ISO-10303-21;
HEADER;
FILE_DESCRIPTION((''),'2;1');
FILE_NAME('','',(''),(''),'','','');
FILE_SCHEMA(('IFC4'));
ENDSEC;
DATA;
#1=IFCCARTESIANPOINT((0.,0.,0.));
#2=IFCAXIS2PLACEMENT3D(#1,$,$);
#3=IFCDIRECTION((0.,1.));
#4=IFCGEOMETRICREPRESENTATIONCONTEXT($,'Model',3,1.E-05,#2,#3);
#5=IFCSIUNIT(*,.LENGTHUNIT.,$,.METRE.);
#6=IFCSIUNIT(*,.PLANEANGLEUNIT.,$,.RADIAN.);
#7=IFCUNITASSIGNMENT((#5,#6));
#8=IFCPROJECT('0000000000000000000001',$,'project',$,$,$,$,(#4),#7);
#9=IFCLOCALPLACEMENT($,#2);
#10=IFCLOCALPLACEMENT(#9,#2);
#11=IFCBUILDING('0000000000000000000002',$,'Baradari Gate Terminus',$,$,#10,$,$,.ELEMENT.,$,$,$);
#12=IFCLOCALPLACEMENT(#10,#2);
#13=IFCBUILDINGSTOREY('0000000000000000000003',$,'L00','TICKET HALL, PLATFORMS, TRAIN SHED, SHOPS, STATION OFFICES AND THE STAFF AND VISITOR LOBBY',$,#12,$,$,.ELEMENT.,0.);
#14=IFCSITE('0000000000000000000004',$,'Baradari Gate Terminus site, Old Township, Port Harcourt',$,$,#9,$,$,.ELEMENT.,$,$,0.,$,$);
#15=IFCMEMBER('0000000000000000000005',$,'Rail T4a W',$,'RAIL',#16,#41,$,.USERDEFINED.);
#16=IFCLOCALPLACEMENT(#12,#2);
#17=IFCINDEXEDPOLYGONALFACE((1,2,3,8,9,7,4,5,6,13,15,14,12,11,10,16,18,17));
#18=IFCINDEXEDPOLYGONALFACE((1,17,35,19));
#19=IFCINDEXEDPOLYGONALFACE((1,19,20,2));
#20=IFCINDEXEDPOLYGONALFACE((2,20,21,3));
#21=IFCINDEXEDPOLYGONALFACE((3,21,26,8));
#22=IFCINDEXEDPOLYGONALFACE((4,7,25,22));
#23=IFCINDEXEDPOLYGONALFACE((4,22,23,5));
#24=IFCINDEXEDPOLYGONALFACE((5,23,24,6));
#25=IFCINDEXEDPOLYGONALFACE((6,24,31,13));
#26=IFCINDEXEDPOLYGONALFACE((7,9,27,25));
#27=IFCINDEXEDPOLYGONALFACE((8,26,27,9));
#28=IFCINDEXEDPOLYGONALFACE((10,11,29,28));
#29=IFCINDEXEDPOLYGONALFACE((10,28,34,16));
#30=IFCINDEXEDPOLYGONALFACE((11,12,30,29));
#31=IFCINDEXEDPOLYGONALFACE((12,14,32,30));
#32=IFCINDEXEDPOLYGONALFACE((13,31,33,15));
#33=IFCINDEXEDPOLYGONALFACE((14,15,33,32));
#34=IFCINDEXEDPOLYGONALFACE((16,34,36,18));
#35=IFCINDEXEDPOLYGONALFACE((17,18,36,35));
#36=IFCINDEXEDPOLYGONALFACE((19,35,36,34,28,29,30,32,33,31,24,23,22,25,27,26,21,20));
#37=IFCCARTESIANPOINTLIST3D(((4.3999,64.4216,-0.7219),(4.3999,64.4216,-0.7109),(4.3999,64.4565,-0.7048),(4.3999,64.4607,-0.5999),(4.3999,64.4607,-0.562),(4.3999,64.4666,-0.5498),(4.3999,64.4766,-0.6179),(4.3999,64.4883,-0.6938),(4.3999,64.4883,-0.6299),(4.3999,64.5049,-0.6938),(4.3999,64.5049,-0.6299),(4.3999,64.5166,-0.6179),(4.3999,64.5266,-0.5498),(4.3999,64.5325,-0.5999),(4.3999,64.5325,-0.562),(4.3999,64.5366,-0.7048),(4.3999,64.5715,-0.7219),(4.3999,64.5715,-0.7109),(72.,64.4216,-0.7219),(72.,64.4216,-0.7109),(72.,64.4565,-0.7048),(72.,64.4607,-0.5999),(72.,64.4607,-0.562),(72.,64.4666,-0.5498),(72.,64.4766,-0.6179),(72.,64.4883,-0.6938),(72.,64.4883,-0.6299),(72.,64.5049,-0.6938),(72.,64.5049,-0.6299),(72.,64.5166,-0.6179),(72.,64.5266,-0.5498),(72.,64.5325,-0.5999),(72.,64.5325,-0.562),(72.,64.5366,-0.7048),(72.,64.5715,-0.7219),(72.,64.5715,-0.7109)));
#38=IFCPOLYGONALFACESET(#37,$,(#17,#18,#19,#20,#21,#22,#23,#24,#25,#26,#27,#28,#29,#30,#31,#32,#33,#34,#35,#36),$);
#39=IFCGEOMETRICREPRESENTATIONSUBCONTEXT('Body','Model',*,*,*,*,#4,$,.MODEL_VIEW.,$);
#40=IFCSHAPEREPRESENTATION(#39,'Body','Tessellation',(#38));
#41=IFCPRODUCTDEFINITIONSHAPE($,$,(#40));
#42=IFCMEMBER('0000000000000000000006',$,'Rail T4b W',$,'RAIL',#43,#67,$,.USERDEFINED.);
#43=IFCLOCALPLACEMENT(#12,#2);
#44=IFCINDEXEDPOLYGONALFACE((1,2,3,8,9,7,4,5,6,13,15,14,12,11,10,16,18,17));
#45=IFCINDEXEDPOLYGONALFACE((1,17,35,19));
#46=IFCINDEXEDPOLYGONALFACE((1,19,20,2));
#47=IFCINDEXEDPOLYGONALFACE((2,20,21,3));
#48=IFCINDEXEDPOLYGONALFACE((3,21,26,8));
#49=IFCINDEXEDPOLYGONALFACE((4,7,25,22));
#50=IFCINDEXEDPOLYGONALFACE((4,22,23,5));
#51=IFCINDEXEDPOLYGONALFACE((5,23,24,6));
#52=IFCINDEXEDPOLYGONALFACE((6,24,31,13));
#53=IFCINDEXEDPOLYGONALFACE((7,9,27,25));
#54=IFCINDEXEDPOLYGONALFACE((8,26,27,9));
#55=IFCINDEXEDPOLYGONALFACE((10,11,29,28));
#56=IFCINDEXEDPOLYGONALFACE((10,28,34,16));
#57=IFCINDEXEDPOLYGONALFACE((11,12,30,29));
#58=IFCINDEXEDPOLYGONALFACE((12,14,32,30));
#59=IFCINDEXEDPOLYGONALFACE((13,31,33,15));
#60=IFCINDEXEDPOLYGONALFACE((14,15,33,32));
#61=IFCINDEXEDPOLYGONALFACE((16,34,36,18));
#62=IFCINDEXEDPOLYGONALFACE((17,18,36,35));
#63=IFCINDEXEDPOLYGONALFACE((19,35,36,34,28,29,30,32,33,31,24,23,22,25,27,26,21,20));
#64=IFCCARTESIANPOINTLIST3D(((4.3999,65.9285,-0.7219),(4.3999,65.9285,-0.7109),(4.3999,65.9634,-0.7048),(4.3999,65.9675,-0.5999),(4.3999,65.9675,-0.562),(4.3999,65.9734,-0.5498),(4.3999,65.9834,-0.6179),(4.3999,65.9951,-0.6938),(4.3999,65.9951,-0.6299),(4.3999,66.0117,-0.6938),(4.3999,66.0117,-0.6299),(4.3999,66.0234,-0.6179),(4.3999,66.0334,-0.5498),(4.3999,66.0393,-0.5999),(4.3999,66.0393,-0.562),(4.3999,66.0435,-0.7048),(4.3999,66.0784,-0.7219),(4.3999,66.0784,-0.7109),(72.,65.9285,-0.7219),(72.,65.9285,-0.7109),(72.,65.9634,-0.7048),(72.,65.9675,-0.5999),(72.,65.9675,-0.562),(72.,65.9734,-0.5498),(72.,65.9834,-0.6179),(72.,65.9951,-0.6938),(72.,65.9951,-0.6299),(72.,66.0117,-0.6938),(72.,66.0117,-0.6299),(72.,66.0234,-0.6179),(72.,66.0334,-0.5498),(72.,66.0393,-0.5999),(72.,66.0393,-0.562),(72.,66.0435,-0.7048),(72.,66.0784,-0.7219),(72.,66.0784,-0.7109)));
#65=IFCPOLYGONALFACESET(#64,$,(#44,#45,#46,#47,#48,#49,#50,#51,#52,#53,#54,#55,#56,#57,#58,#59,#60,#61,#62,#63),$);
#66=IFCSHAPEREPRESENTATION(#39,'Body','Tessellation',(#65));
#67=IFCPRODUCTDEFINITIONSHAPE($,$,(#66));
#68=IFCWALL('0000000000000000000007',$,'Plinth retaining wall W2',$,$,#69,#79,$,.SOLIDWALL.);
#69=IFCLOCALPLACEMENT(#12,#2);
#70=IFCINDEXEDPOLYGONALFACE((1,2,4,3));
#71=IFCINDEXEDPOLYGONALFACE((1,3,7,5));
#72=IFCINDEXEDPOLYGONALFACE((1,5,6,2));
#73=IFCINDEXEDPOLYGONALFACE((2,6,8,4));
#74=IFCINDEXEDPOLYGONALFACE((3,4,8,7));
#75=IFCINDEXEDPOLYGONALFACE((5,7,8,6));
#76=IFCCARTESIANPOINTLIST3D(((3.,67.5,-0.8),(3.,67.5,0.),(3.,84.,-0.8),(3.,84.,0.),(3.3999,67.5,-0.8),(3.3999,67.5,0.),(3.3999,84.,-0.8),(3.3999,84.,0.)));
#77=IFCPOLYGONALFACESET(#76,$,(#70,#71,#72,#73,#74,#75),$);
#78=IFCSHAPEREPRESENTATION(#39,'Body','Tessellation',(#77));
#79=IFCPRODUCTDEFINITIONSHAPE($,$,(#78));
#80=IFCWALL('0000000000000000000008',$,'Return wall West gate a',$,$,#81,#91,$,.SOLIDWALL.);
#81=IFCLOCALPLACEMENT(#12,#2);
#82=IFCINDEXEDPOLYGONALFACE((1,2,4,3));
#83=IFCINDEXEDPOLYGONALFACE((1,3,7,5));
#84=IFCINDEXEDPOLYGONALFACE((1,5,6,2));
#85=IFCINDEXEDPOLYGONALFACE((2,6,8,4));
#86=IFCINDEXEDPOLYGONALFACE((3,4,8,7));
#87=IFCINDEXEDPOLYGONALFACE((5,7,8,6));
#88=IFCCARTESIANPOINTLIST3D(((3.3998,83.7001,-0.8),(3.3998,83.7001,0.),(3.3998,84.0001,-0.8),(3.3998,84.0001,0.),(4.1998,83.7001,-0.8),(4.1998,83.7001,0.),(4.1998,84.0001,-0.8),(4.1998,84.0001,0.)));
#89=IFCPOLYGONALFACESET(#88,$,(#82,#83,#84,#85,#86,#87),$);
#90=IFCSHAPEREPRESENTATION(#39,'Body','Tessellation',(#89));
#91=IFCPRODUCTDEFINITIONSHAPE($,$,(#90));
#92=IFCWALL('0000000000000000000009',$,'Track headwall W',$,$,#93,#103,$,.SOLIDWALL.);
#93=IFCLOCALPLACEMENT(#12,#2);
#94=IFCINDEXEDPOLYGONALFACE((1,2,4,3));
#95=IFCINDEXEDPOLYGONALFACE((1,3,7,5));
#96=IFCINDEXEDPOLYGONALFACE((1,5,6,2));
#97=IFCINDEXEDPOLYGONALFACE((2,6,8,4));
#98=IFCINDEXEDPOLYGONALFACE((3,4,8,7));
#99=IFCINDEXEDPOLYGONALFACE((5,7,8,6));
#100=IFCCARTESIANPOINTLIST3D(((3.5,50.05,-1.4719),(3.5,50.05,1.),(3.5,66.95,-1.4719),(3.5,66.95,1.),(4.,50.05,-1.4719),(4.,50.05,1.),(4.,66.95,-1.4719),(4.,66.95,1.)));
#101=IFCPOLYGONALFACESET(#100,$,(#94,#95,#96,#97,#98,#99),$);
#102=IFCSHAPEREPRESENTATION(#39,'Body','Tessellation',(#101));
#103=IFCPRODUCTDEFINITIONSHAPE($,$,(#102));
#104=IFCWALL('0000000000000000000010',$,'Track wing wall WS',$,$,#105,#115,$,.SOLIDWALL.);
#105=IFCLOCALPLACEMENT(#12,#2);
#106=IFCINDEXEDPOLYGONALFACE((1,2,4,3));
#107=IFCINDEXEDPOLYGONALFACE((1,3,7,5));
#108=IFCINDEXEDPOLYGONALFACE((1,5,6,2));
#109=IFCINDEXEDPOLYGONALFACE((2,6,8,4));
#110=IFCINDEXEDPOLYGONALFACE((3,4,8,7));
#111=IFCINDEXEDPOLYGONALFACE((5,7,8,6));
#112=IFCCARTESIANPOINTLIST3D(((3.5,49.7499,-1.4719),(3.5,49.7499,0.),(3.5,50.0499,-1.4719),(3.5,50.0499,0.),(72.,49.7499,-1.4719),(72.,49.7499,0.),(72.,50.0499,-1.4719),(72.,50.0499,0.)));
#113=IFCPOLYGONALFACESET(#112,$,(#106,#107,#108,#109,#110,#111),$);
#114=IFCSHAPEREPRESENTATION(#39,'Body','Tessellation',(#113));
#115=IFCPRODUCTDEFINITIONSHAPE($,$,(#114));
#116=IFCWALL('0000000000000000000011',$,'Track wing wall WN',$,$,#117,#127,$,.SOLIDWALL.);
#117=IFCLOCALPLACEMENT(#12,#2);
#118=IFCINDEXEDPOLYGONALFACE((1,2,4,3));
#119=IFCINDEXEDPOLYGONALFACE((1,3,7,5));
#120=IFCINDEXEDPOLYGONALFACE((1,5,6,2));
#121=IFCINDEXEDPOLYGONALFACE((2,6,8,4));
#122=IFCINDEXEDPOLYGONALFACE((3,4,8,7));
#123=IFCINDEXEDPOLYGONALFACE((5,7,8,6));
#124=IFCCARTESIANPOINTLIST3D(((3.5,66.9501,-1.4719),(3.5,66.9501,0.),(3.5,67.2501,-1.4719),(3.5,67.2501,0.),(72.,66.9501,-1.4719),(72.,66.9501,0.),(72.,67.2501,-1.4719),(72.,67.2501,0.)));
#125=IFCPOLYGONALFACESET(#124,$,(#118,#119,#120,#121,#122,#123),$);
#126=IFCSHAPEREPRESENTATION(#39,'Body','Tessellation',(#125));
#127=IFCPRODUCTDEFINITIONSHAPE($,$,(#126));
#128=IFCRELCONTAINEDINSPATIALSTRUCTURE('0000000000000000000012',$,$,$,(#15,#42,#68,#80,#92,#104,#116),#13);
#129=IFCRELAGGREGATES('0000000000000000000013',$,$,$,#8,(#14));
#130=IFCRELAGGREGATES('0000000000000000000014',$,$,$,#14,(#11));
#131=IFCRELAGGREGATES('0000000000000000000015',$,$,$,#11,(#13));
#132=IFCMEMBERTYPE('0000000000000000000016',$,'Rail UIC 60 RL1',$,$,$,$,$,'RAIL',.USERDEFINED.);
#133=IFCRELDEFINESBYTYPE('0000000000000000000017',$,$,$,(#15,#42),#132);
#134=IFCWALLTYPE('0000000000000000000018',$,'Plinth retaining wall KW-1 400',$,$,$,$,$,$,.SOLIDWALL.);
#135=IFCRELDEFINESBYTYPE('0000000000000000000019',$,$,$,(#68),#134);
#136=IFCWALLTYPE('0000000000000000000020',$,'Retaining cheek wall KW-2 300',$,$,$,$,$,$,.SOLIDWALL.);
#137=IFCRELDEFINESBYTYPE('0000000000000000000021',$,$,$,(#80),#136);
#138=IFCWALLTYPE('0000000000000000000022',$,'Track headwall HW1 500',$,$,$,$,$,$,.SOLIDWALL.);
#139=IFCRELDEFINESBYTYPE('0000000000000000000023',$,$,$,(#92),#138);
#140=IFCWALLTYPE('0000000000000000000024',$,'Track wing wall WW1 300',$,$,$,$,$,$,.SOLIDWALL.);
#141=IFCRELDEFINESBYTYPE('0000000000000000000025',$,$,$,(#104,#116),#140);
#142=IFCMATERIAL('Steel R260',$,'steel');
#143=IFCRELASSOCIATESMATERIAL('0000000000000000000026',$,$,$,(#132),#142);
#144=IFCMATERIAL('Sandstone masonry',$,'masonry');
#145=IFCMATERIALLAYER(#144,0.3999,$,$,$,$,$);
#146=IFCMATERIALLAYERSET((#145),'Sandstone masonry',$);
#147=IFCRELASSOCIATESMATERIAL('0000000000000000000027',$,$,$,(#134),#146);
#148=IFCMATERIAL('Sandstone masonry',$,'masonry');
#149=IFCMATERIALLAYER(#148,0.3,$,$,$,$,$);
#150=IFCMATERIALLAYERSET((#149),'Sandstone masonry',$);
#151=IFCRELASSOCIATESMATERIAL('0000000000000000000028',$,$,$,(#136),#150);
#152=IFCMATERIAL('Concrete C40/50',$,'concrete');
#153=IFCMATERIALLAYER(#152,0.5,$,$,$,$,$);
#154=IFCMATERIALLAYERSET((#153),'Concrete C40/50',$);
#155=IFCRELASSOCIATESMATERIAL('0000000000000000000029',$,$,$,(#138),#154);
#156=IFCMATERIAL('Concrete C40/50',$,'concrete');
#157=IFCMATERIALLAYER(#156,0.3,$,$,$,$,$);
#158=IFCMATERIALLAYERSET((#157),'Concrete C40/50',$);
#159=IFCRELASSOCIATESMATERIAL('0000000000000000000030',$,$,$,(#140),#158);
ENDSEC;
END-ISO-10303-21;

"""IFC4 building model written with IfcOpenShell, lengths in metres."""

from ifc_helpers import new_model, si_unit, direction, frame, frame_2d, origin, place, context, subcontext, project, spatial, polyline, rectangle, outline, extrude, material, layer, layer_set, material_profile, profile_set, type_object, element, save


model = new_model("IFC4")

# Units and contexts
model_context = context("Model", 3, precision=1e-05, world=origin(), true_north=direction((0.0, 1.0)))
body_context = subcontext(model_context, "Body", "Model", "MODEL_VIEW")
ifc_project = project(units=[si_unit("LENGTHUNIT", "METRE"), si_unit("PLANEANGLEUNIT", "RADIAN")], contexts=[model_context])

# Site, building, storey
site_placement = place(None, origin())
site = spatial("IfcSite", under=ifc_project, at=site_placement, Name="Baradari Gate Terminus site, Old Township, Port Harcourt", CompositionType="ELEMENT", RefElevation=0.0)
building_placement = place(site_placement, origin())
building = spatial("IfcBuilding", under=site, at=building_placement, Name="Baradari Gate Terminus", CompositionType="ELEMENT")
storey_placement = place(building_placement, origin())
storey = spatial("IfcBuildingStorey", under=building, at=storey_placement, Name="L00", Description="TICKET HALL, PLATFORMS, TRAIN SHED, SHOPS, STATION OFFICES AND THE STAFF AND VISITOR LOBBY", CompositionType="ELEMENT", Elevation=0.0)

# Members
ifc_material_1 = material(Name="Steel R260", Category="steel")
ifc_material_profile = material_profile(ifc_material_1, outline(polyline([(-0.075, 0.0), (0.075, 0.0), (0.075, 0.011), (0.04, 0.0171), (0.0083, 0.0281), (0.0083, 0.092), (0.02, 0.104), (0.0359, 0.1221), (0.0359, 0.1599), (0.03, 0.1721), (-0.03, 0.1721), (-0.0359, 0.1599), (-0.0359, 0.1221), (-0.02, 0.104), (-0.0083, 0.092), (-0.0083, 0.0281), (-0.04, 0.0171), (-0.075, 0.011), (-0.075, 0.0)])), Name="UIC 60 (60E1)")
ifc_profile_set = profile_set([ifc_material_profile], Name="Steel R260")
member_type = type_object("IfcMemberType", Name="Rail UIC 60 RL1", ElementType="RAIL", PredefinedType="USERDEFINED", material=ifc_profile_set)
for number, where, z_axis, x_axis, name in (
    (1, (4.3999, 64.4966, -0.7219), (1.0, 0.0, 0.0), (0.0, 1.0, 0.0), "Rail T4a W"),
    (2, (4.3999, 66.0034, -0.7219), (1.0, 0.0, 0.0), (0.0, 1.0, 0.0), "Rail T4b W"),
):
    element("IfcMember", number, at=place(storey_placement, frame(where, z_axis=z_axis, x_axis=x_axis)), inside=storey, type_object=member_type, Name=name, ObjectType="RAIL", PredefinedType="USERDEFINED", context=body_context, shape_type="SweptSolid", body=[
        extrude(outline(polyline([(-0.075, 0.0), (0.075, 0.0), (0.075, 0.011), (0.04, 0.0171), (0.0083, 0.0281), (0.0083, 0.092), (0.02, 0.104), (0.0359, 0.1221), (0.0359, 0.1599), (0.03, 0.1721), (-0.03, 0.1721), (-0.0359, 0.1599), (-0.0359, 0.1221), (-0.02, 0.104), (-0.0083, 0.092), (-0.0083, 0.0281), (-0.04, 0.0171), (-0.075, 0.011), (-0.075, 0.0)])), origin(), (0.0, 0.0, 1.0), 67.6001),
    ])

# Walls
ifc_material_2 = material(Name="Sandstone masonry", Category="masonry")
ifc_layer_1 = layer(ifc_material_2, 0.3999)
ifc_layer_set_1 = layer_set([ifc_layer_1], Name="Sandstone masonry")
wall_type_1 = type_object("IfcWallType", Name="Plinth retaining wall KW-1 400", PredefinedType="SOLIDWALL", material=ifc_layer_set_1)
wall_1_placement = place(storey_placement, frame((3.2, 67.5, -0.8), z_axis=(0.0, 0.0, 1.0), x_axis=(0.0, 1.0, 0.0)))
element("IfcWall", 3, at=wall_1_placement, inside=storey, type_object=wall_type_1, Name="Plinth retaining wall W2", PredefinedType="SOLIDWALL", context=body_context, shape_type="SweptSolid", body=[
    extrude(rectangle(XDim=16.5, YDim=0.3999, at=frame_2d((8.25, 0.0))), origin(), (0.0, 0.0, 1.0), 0.8),
])
ifc_material_3 = material(Name="Sandstone masonry", Category="masonry")
ifc_layer_2 = layer(ifc_material_3, 0.3)
ifc_layer_set_2 = layer_set([ifc_layer_2], Name="Sandstone masonry")
wall_type_2 = type_object("IfcWallType", Name="Retaining cheek wall KW-2 300", PredefinedType="SOLIDWALL", material=ifc_layer_set_2)
wall_2_placement = place(storey_placement, frame((3.3999, 83.8501, -0.8), z_axis=(0.0, 0.0, 1.0), x_axis=(1.0, 0.0, 0.0)))
element("IfcWall", 4, at=wall_2_placement, inside=storey, type_object=wall_type_2, Name="Return wall West gate a", PredefinedType="SOLIDWALL", context=body_context, shape_type="SweptSolid", body=[
    extrude(rectangle(XDim=0.8, YDim=0.3, at=frame_2d((0.3999, 0.0))), origin(), (0.0, 0.0, 1.0), 0.8),
])
ifc_material_4 = material(Name="Concrete C40/50", Category="concrete")
ifc_layer_3 = layer(ifc_material_4, 0.5)
ifc_layer_set_3 = layer_set([ifc_layer_3], Name="Concrete C40/50")
wall_type_3 = type_object("IfcWallType", Name="Track headwall HW1 500", PredefinedType="SOLIDWALL", material=ifc_layer_set_3)
wall_3_placement = place(storey_placement, frame((3.75, 50.05, -1.4719), z_axis=(0.0, 0.0, 1.0), x_axis=(0.0, 1.0, 0.0)))
element("IfcWall", 5, at=wall_3_placement, inside=storey, type_object=wall_type_3, Name="Track headwall W", PredefinedType="SOLIDWALL", context=body_context, shape_type="SweptSolid", body=[
    extrude(rectangle(XDim=16.8999, YDim=0.5, at=frame_2d((8.45, 0.0))), origin(), (0.0, 0.0, 1.0), 2.4719),
])
ifc_material_5 = material(Name="Concrete C40/50", Category="concrete")
ifc_layer_4 = layer(ifc_material_5, 0.3)
ifc_layer_set_4 = layer_set([ifc_layer_4], Name="Concrete C40/50")
wall_type_4 = type_object("IfcWallType", Name="Track wing wall WW1 300", PredefinedType="SOLIDWALL", material=ifc_layer_set_4)
for number, where, z_axis, x_axis, name in (
    (6, (3.5, 49.8999, -1.4719), (0.0, 0.0, 1.0), (1.0, 0.0, 0.0), "Track wing wall WS"),
    (7, (3.5, 67.1001, -1.4719), (0.0, 0.0, 1.0), (1.0, 0.0, 0.0), "Track wing wall WN"),
):
    element("IfcWall", number, at=place(storey_placement, frame(where, z_axis=z_axis, x_axis=x_axis)), inside=storey, type_object=wall_type_4, Name=name, PredefinedType="SOLIDWALL", context=body_context, shape_type="SweptSolid", body=[
        extrude(rectangle(XDim=68.5, YDim=0.3, at=frame_2d((34.25, 0.0))), origin(), (0.0, 0.0, 1.0), 1.4719),
    ])

save(model, "model.ifc")
